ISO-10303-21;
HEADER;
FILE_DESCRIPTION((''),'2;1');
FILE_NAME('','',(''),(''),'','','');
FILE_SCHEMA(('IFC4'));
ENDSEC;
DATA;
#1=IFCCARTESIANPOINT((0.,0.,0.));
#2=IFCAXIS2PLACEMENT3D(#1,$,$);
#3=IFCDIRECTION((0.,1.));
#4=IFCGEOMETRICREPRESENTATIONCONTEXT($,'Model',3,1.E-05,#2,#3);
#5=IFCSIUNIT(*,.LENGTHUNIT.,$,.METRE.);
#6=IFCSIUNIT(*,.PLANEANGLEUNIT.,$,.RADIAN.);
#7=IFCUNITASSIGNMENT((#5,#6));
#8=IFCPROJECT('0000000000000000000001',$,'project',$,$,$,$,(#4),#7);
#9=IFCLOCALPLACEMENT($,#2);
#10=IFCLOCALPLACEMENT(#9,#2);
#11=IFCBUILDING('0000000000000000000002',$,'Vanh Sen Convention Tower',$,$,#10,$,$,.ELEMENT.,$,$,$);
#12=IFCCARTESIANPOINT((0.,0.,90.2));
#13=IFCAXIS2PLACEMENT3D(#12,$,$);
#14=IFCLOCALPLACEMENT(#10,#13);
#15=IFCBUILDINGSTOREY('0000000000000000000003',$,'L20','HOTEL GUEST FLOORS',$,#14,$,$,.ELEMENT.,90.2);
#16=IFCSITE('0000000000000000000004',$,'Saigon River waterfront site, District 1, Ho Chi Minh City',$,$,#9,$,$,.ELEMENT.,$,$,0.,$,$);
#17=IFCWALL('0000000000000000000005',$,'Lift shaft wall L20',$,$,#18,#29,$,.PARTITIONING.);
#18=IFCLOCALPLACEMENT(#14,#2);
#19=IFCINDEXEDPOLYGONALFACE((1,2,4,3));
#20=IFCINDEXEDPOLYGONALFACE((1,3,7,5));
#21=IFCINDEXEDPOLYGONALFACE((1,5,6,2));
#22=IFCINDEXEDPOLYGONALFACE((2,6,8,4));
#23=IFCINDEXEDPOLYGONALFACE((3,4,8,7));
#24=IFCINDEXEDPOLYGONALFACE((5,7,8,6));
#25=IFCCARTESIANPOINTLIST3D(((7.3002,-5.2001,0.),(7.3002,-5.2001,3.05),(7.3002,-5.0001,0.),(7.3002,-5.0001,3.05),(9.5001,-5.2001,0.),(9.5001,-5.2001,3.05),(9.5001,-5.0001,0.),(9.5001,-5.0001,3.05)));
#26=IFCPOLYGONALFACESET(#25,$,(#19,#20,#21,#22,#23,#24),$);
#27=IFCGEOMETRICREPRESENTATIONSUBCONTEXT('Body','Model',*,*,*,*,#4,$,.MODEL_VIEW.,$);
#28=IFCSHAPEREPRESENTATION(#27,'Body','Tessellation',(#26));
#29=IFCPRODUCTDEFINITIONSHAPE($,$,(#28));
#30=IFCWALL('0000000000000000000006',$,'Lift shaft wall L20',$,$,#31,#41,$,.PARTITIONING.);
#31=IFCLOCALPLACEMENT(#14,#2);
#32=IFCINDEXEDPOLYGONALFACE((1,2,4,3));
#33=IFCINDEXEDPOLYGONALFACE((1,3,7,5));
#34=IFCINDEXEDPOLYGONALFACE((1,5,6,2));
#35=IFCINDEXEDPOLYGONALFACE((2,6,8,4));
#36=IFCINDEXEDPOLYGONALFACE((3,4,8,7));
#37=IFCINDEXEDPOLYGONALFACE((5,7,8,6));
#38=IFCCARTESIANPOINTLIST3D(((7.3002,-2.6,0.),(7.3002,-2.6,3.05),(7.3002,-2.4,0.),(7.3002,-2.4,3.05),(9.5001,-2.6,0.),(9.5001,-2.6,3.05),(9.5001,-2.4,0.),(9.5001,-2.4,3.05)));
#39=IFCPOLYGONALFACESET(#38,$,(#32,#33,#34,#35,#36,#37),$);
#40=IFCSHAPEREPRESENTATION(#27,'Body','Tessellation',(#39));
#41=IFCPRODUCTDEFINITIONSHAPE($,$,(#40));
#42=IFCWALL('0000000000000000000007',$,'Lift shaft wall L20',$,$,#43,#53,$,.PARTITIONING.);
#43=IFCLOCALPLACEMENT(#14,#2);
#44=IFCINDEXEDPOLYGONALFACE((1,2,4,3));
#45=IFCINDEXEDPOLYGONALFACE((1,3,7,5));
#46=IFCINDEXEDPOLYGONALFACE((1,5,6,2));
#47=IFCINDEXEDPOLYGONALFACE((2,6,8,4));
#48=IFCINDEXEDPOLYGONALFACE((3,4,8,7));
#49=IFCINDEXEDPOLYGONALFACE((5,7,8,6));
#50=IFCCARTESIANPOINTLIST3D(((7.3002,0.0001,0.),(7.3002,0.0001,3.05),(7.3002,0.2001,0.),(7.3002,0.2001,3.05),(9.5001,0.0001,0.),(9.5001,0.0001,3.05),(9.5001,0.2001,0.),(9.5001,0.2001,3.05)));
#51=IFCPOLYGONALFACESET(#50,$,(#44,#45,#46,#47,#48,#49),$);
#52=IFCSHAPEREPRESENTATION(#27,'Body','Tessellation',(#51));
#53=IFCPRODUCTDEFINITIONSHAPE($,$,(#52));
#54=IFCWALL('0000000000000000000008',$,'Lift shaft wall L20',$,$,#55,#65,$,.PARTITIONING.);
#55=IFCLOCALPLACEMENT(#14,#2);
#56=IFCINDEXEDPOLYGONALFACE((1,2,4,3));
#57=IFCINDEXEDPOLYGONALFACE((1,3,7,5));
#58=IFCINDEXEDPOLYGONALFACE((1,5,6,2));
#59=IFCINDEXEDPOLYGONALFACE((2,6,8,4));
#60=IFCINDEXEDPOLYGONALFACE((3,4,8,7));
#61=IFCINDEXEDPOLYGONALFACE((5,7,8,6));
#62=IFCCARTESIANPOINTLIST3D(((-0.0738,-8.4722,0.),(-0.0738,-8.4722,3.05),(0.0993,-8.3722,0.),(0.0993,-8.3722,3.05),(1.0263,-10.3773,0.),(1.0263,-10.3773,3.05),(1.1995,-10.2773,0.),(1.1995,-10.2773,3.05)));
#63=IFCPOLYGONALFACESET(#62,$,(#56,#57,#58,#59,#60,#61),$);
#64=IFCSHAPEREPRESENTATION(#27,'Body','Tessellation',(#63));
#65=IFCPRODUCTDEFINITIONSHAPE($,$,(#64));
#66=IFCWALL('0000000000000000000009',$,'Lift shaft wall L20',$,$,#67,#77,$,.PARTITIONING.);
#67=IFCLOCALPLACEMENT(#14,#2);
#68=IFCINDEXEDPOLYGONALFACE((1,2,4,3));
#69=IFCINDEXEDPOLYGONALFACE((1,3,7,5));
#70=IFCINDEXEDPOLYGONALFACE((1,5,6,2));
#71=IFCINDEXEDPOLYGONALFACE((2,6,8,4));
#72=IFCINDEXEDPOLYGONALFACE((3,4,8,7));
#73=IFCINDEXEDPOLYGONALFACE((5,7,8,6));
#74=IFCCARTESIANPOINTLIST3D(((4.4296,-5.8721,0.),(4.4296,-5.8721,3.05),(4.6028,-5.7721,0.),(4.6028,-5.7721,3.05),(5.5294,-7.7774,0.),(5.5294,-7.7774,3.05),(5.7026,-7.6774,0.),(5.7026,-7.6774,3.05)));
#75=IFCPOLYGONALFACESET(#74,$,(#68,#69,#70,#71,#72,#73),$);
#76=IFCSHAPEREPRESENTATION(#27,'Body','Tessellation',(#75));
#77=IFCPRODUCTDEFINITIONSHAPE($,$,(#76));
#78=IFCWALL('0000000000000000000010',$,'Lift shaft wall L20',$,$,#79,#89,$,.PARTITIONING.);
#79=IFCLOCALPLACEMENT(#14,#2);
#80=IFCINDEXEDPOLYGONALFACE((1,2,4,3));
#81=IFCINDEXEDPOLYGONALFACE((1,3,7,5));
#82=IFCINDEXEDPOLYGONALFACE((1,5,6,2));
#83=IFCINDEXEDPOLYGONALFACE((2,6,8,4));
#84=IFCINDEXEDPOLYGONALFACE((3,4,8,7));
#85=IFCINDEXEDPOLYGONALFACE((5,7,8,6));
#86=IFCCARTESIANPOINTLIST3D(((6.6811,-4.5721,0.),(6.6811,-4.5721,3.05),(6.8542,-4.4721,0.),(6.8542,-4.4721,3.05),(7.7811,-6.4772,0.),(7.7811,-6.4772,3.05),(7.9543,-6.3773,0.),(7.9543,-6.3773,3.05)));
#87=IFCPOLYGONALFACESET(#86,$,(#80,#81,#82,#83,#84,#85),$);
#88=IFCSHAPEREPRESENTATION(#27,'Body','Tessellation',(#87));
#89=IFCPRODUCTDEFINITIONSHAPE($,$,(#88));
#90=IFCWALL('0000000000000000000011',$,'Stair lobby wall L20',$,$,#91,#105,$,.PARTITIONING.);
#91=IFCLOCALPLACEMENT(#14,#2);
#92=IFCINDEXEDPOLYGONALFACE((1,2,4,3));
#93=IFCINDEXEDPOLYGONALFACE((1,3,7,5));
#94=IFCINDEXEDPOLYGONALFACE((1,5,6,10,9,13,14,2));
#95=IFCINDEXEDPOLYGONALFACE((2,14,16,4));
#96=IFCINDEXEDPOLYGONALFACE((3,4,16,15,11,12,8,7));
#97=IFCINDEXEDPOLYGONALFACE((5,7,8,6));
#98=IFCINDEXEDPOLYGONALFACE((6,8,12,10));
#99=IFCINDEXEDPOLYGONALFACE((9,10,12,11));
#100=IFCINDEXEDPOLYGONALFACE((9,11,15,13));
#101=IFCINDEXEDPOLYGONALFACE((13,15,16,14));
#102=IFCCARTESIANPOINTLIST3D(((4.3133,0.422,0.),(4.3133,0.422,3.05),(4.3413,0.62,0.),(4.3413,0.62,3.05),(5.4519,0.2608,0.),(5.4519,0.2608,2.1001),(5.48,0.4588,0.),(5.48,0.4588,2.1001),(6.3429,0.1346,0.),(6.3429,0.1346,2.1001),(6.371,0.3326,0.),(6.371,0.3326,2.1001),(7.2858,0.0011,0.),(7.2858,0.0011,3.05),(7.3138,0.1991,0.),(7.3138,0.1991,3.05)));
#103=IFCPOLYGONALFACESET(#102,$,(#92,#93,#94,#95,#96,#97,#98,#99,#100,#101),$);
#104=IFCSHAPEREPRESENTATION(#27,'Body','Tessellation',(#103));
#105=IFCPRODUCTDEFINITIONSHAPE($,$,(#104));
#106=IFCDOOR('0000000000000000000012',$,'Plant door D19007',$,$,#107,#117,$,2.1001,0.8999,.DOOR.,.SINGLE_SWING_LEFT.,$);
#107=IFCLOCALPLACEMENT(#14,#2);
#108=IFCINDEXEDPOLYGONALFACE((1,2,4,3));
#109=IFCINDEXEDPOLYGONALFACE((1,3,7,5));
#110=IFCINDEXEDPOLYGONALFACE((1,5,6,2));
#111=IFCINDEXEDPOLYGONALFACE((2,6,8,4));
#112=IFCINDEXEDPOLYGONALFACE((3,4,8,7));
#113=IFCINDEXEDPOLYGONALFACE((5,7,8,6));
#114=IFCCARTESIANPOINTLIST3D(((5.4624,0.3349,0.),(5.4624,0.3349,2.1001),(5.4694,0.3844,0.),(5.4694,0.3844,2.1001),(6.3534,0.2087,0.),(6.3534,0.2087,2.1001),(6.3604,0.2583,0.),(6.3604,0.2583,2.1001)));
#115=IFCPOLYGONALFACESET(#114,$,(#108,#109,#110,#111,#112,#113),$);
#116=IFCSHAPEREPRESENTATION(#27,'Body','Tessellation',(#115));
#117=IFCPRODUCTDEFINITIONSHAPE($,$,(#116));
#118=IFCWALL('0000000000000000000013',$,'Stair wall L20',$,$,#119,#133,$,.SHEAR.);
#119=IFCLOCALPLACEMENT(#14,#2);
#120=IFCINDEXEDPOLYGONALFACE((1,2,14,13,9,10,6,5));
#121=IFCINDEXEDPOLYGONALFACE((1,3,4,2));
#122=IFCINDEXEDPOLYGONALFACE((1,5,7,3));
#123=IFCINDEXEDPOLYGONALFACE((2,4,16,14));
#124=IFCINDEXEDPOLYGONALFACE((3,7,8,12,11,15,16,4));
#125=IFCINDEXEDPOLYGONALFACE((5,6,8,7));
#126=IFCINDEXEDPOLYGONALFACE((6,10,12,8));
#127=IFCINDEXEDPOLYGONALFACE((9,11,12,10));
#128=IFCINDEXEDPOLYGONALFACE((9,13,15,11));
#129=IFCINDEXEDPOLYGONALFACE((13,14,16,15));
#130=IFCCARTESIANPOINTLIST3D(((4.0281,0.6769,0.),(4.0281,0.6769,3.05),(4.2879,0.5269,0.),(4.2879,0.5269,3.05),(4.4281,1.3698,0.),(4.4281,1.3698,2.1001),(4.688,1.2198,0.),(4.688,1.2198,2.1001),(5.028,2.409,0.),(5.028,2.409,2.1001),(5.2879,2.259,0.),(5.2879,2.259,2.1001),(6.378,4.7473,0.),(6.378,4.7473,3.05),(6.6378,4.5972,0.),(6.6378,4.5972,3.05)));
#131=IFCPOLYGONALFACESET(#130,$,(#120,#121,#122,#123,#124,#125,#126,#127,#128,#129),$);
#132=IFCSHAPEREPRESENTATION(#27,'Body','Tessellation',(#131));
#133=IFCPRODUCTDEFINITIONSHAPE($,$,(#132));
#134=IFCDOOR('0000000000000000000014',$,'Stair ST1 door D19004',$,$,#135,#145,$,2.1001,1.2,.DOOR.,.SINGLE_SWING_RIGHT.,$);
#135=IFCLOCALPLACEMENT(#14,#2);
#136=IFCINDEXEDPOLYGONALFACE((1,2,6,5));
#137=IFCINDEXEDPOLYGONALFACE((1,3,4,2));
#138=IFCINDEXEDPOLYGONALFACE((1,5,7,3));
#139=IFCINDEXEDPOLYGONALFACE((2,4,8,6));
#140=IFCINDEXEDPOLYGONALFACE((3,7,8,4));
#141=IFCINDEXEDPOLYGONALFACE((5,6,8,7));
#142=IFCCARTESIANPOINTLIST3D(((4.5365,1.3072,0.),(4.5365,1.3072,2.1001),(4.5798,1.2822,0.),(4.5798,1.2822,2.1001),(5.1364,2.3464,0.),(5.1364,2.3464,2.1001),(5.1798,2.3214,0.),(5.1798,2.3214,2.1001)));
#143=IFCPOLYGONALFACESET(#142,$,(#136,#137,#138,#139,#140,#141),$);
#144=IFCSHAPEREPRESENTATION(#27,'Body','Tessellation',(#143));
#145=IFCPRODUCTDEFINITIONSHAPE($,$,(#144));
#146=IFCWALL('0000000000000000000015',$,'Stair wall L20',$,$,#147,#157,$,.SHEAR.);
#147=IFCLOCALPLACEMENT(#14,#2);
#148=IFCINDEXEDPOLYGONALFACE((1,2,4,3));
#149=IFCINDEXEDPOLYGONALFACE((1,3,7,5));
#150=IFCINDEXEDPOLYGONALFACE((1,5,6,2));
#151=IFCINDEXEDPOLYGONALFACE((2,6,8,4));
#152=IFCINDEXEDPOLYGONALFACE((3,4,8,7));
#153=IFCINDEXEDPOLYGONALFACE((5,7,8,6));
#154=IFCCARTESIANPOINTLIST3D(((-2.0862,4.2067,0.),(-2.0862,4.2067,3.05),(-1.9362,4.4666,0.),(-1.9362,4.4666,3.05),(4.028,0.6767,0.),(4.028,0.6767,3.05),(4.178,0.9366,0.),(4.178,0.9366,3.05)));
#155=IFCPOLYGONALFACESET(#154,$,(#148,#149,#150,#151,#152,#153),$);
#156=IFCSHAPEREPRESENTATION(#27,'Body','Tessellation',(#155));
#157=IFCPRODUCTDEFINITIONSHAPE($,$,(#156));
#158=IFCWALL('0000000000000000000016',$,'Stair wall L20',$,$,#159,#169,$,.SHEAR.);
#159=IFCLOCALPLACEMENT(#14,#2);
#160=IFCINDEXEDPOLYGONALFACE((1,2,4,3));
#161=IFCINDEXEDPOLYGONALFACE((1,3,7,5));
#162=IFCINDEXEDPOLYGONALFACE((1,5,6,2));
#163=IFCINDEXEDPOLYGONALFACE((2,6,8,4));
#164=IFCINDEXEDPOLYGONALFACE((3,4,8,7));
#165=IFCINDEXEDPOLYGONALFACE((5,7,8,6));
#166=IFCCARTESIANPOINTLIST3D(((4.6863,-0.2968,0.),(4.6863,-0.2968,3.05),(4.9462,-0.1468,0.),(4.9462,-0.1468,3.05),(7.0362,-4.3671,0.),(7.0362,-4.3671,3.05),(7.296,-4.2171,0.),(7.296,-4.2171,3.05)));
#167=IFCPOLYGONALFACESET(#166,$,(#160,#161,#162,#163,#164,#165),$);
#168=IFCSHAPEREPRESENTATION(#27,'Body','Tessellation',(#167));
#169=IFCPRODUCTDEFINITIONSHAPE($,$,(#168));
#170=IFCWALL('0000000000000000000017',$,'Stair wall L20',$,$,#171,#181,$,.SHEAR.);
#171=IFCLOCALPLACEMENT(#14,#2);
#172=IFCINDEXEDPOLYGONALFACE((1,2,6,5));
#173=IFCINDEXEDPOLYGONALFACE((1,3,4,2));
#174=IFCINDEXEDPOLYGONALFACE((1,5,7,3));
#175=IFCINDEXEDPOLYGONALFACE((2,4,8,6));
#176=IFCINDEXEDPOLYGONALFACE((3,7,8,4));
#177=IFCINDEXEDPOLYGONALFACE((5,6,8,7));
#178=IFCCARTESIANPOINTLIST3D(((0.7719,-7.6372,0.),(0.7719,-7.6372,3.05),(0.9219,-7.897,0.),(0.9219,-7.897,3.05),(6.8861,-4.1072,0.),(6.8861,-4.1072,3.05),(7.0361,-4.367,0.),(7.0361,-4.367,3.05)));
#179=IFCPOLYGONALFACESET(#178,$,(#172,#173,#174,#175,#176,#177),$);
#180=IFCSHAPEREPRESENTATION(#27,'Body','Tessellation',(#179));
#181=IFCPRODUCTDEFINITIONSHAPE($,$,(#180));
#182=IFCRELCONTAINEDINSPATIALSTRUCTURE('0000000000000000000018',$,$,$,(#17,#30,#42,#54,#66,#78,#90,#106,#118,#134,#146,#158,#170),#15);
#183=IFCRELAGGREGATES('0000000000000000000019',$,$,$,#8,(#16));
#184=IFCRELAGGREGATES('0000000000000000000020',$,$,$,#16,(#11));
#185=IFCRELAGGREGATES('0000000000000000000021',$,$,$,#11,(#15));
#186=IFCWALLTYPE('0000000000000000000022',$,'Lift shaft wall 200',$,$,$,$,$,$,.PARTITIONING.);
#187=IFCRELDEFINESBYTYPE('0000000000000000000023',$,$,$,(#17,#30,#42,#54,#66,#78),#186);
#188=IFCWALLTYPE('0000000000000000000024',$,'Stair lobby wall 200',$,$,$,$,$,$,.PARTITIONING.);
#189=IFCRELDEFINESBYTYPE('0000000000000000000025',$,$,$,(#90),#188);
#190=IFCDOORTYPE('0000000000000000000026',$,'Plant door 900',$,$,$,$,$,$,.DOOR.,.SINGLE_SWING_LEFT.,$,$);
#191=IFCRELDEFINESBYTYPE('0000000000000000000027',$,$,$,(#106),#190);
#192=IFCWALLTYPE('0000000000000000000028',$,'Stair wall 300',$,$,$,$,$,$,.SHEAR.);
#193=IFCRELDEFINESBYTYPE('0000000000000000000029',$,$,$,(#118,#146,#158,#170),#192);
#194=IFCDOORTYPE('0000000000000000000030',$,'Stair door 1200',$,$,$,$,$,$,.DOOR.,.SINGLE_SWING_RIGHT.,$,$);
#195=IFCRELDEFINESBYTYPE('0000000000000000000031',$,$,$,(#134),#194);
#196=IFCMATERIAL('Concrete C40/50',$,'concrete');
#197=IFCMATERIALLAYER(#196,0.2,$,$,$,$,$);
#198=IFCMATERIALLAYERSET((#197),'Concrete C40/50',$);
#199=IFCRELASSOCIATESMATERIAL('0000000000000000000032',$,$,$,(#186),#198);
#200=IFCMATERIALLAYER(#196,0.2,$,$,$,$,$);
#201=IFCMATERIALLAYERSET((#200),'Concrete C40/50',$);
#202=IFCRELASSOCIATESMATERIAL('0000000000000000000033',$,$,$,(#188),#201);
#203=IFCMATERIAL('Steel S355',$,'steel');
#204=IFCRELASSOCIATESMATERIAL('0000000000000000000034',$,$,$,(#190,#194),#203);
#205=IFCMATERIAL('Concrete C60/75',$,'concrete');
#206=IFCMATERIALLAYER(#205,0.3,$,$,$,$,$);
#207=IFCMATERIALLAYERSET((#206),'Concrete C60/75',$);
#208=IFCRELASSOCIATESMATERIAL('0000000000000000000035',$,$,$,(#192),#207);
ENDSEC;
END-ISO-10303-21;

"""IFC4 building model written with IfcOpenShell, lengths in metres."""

from ifc_helpers import new_model, si_unit, direction, frame, frame_2d, origin, place, context, subcontext, project, spatial, rectangle, extrude, material, layer, layer_set, type_object, element, fill, save


model = new_model("IFC4")

# Units and contexts
model_context = context("Model", 3, precision=1e-05, world=origin(), true_north=direction((0.0, 1.0)))
body_context = subcontext(model_context, "Body", "Model", "MODEL_VIEW")
ifc_project = project(units=[si_unit("LENGTHUNIT", "METRE"), si_unit("PLANEANGLEUNIT", "RADIAN")], contexts=[model_context])

# Site, building, storey
site_placement = place(None, origin())
site = spatial("IfcSite", under=ifc_project, at=site_placement, Name="Saigon River waterfront site, District 1, Ho Chi Minh City", CompositionType="ELEMENT", RefElevation=0.0)
building_placement = place(site_placement, origin())
building = spatial("IfcBuilding", under=site, at=building_placement, Name="Vanh Sen Convention Tower", CompositionType="ELEMENT")
storey_placement = place(building_placement, frame((0.0, 0.0, 90.2)))
storey = spatial("IfcBuildingStorey", under=building, at=storey_placement, Name="L20", Description="HOTEL GUEST FLOORS", CompositionType="ELEMENT", Elevation=90.2)

# Shared definitions
ifc_material_1 = material(Name="Concrete C40/50", Category="concrete")

# Shared definitions
ifc_material_2 = material(Name="Steel S355", Category="steel")

# Walls
ifc_material_3 = material(Name="Concrete C60/75", Category="concrete")
ifc_layer_1 = layer(ifc_material_1, 0.2)
ifc_layer_set_1 = layer_set([ifc_layer_1], Name="Concrete C40/50")
wall_type_1 = type_object("IfcWallType", Name="Lift shaft wall 200", PredefinedType="PARTITIONING", material=ifc_layer_set_1)
for number, where, z_axis, x_axis, name in (
    (1, (7.3, -5.1001, 0.0), (0.0, 0.0, 1.0), (1.0, 0.0, 0.0), "Lift shaft wall L20"),
    (2, (7.3, -2.5, 0.0), (0.0, 0.0, 1.0), (1.0, 0.0, 0.0), "Lift shaft wall L20"),
    (3, (7.3, 0.1001, 0.0), (0.0, 0.0, 1.0), (1.0, 0.0, 0.0), "Lift shaft wall L20"),
    (4, (0.0127, -8.4221, 0.0), (0.0, 0.0, 1.0), (0.500078, -0.86598, 0.0), "Lift shaft wall L20"),
    (5, (4.5161, -5.822, 0.0), (0.0, 0.0, 1.0), (0.499947, -0.866056, 0.0), "Lift shaft wall L20"),
    (6, (6.7676, -4.522, 0.0), (0.0, 0.0, 1.0), (0.50003, -0.866008, 0.0), "Lift shaft wall L20"),
):
    element("IfcWall", number, at=place(storey_placement, frame(where, z_axis=z_axis, x_axis=x_axis)), inside=storey, type_object=wall_type_1, Name=name, PredefinedType="PARTITIONING", context=body_context, shape_type="SweptSolid", body=[
        extrude(rectangle(XDim=2.2, YDim=0.2, at=frame_2d((1.1001, 0.0))), origin(), (0.0, 0.0, 1.0), 3.05),
    ])

# Walls, openings, doors
ifc_layer_2 = layer(ifc_material_1, 0.2)
ifc_layer_set_2 = layer_set([ifc_layer_2], Name="Concrete C40/50")
wall_type_2 = type_object("IfcWallType", Name="Stair lobby wall 200", PredefinedType="PARTITIONING", material=ifc_layer_set_2)
wall_1_placement = place(storey_placement, frame((4.3274, 0.521, 0.0), z_axis=(0.0, 0.0, 1.0), x_axis=(0.990124, -0.140192, 0.0)))
wall_1 = element("IfcWall", 7, at=wall_1_placement, inside=storey, type_object=wall_type_2, Name="Stair lobby wall L20", PredefinedType="PARTITIONING", context=body_context, shape_type="SweptSolid", body=[
    extrude(rectangle(XDim=3.0022, YDim=0.2, at=frame_2d((1.501, 0.0))), origin(), (0.0, 0.0, 1.0), 3.05),
])
opening_1_placement = place(wall_1_placement, frame((1.1499, 0.0, 0.0)))
opening_1 = element("IfcOpeningElement", 8, at=opening_1_placement, cuts=wall_1, PredefinedType="OPENING", context=body_context, shape_type="SweptSolid", body=[
    extrude(rectangle(XDim=0.8999, YDim=2.1001, at=frame_2d((0.45, 1.05))), frame((0.0, 0.1099, 0.0), z_axis=(0.0, -1.0, 0.0), x_axis=(1.0, 0.0, 0.0)), (0.0, 0.0, 1.0), 0.22),
])
door_type_1 = type_object("IfcDoorType", Name="Plant door 900", OperationType="SINGLE_SWING_LEFT", PredefinedType="DOOR", material=ifc_material_2)
door_1_placement = place(opening_1_placement, origin())
door_1 = element("IfcDoor", 9, at=door_1_placement, inside=storey, type_object=door_type_1, Name="Plant door D19007", OperationType="SINGLE_SWING_LEFT", OverallHeight=2.1001, OverallWidth=0.8999, PredefinedType="DOOR", context=body_context, shape_type="SweptSolid", body=[
    extrude(rectangle(XDim=0.8999, YDim=2.1001, at=frame_2d((0.45, 1.05))), frame((0.0, 0.0249, 0.0), z_axis=(0.0, -1.0, 0.0), x_axis=(1.0, 0.0, 0.0)), (0.0, 0.0, 1.0), 0.05),
])
fill(opening_1, door_1)
ifc_layer_3 = layer(ifc_material_3, 0.3)
ifc_layer_set_3 = layer_set([ifc_layer_3], Name="Concrete C60/75")
wall_type_3 = type_object("IfcWallType", Name="Stair wall 300", PredefinedType="SHEAR", material=ifc_layer_set_3)
wall_2_placement = place(storey_placement, frame((4.158, 0.6018, 0.0), z_axis=(0.0, 0.0, 1.0), x_axis=(0.499977, 0.866039, 0.0)))
wall_2 = element("IfcWall", 10, at=wall_2_placement, inside=storey, type_object=wall_type_3, Name="Stair wall L20", PredefinedType="SHEAR", context=body_context, shape_type="SweptSolid", body=[
    extrude(rectangle(XDim=4.7, YDim=0.3, at=frame_2d((2.3501, 0.0))), origin(), (0.0, 0.0, 1.0), 3.05),
])
opening_2_placement = place(wall_2_placement, frame((0.8, 0.0, 0.0)))
opening_2 = element("IfcOpeningElement", 11, at=opening_2_placement, cuts=wall_2, PredefinedType="OPENING", context=body_context, shape_type="SweptSolid", body=[
    extrude(rectangle(XDim=1.2, YDim=2.1001, at=frame_2d((0.6001, 1.05))), frame((0.0, 0.1599, 0.0), z_axis=(0.0, -1.0, 0.0), x_axis=(1.0, 0.0, 0.0)), (0.0, 0.0, 1.0), 0.3201),
])
door_type_2 = type_object("IfcDoorType", Name="Stair door 1200", OperationType="SINGLE_SWING_RIGHT", PredefinedType="DOOR", material=ifc_material_2)
door_2_placement = place(opening_2_placement, origin())
door_2 = element("IfcDoor", 12, at=door_2_placement, inside=storey, type_object=door_type_2, Name="Stair ST1 door D19004", OperationType="SINGLE_SWING_RIGHT", OverallHeight=2.1001, OverallWidth=1.2, PredefinedType="DOOR", context=body_context, shape_type="SweptSolid", body=[
    extrude(rectangle(XDim=1.2, YDim=2.1001, at=frame_2d((0.6001, 1.05))), frame((0.0, 0.0249, 0.0), z_axis=(0.0, -1.0, 0.0), x_axis=(1.0, 0.0, 0.0)), (0.0, 0.0, 1.0), 0.05),
])
fill(opening_2, door_2)

# Walls
wall_3_placement = place(storey_placement, frame((4.103, 0.8066, 0.0), z_axis=(0.0, 0.0, 1.0), x_axis=(-0.866028, 0.499996, 0.0)))
element("IfcWall", 13, at=wall_3_placement, inside=storey, type_object=wall_type_3, Name="Stair wall L20", PredefinedType="SHEAR", context=body_context, shape_type="SweptSolid", body=[
    extrude(rectangle(XDim=7.0601, YDim=0.3, at=frame_2d((3.53, 0.0))), origin(), (0.0, 0.0, 1.0), 3.05),
])
wall_4_placement = place(storey_placement, frame((4.8162, -0.2217, 0.0), z_axis=(0.0, 0.0, 1.0), x_axis=(0.499977, -0.866039, 0.0)))
element("IfcWall", 14, at=wall_4_placement, inside=storey, type_object=wall_type_3, Name="Stair wall L20", PredefinedType="SHEAR", context=body_context, shape_type="SweptSolid", body=[
    extrude(rectangle(XDim=4.7, YDim=0.3, at=frame_2d((2.3501, 0.0))), origin(), (0.0, 0.0, 1.0), 3.05),
])
wall_5_placement = place(storey_placement, frame((0.8469, -7.7671, 0.0), z_axis=(0.0, 0.0, 1.0), x_axis=(0.866028, 0.499996, 0.0)))
element("IfcWall", 15, at=wall_5_placement, inside=storey, type_object=wall_type_3, Name="Stair wall L20", PredefinedType="SHEAR", context=body_context, shape_type="SweptSolid", body=[
    extrude(rectangle(XDim=7.0601, YDim=0.3, at=frame_2d((3.53, 0.0))), origin(), (0.0, 0.0, 1.0), 3.05),
])

save(model, "model.ifc")
